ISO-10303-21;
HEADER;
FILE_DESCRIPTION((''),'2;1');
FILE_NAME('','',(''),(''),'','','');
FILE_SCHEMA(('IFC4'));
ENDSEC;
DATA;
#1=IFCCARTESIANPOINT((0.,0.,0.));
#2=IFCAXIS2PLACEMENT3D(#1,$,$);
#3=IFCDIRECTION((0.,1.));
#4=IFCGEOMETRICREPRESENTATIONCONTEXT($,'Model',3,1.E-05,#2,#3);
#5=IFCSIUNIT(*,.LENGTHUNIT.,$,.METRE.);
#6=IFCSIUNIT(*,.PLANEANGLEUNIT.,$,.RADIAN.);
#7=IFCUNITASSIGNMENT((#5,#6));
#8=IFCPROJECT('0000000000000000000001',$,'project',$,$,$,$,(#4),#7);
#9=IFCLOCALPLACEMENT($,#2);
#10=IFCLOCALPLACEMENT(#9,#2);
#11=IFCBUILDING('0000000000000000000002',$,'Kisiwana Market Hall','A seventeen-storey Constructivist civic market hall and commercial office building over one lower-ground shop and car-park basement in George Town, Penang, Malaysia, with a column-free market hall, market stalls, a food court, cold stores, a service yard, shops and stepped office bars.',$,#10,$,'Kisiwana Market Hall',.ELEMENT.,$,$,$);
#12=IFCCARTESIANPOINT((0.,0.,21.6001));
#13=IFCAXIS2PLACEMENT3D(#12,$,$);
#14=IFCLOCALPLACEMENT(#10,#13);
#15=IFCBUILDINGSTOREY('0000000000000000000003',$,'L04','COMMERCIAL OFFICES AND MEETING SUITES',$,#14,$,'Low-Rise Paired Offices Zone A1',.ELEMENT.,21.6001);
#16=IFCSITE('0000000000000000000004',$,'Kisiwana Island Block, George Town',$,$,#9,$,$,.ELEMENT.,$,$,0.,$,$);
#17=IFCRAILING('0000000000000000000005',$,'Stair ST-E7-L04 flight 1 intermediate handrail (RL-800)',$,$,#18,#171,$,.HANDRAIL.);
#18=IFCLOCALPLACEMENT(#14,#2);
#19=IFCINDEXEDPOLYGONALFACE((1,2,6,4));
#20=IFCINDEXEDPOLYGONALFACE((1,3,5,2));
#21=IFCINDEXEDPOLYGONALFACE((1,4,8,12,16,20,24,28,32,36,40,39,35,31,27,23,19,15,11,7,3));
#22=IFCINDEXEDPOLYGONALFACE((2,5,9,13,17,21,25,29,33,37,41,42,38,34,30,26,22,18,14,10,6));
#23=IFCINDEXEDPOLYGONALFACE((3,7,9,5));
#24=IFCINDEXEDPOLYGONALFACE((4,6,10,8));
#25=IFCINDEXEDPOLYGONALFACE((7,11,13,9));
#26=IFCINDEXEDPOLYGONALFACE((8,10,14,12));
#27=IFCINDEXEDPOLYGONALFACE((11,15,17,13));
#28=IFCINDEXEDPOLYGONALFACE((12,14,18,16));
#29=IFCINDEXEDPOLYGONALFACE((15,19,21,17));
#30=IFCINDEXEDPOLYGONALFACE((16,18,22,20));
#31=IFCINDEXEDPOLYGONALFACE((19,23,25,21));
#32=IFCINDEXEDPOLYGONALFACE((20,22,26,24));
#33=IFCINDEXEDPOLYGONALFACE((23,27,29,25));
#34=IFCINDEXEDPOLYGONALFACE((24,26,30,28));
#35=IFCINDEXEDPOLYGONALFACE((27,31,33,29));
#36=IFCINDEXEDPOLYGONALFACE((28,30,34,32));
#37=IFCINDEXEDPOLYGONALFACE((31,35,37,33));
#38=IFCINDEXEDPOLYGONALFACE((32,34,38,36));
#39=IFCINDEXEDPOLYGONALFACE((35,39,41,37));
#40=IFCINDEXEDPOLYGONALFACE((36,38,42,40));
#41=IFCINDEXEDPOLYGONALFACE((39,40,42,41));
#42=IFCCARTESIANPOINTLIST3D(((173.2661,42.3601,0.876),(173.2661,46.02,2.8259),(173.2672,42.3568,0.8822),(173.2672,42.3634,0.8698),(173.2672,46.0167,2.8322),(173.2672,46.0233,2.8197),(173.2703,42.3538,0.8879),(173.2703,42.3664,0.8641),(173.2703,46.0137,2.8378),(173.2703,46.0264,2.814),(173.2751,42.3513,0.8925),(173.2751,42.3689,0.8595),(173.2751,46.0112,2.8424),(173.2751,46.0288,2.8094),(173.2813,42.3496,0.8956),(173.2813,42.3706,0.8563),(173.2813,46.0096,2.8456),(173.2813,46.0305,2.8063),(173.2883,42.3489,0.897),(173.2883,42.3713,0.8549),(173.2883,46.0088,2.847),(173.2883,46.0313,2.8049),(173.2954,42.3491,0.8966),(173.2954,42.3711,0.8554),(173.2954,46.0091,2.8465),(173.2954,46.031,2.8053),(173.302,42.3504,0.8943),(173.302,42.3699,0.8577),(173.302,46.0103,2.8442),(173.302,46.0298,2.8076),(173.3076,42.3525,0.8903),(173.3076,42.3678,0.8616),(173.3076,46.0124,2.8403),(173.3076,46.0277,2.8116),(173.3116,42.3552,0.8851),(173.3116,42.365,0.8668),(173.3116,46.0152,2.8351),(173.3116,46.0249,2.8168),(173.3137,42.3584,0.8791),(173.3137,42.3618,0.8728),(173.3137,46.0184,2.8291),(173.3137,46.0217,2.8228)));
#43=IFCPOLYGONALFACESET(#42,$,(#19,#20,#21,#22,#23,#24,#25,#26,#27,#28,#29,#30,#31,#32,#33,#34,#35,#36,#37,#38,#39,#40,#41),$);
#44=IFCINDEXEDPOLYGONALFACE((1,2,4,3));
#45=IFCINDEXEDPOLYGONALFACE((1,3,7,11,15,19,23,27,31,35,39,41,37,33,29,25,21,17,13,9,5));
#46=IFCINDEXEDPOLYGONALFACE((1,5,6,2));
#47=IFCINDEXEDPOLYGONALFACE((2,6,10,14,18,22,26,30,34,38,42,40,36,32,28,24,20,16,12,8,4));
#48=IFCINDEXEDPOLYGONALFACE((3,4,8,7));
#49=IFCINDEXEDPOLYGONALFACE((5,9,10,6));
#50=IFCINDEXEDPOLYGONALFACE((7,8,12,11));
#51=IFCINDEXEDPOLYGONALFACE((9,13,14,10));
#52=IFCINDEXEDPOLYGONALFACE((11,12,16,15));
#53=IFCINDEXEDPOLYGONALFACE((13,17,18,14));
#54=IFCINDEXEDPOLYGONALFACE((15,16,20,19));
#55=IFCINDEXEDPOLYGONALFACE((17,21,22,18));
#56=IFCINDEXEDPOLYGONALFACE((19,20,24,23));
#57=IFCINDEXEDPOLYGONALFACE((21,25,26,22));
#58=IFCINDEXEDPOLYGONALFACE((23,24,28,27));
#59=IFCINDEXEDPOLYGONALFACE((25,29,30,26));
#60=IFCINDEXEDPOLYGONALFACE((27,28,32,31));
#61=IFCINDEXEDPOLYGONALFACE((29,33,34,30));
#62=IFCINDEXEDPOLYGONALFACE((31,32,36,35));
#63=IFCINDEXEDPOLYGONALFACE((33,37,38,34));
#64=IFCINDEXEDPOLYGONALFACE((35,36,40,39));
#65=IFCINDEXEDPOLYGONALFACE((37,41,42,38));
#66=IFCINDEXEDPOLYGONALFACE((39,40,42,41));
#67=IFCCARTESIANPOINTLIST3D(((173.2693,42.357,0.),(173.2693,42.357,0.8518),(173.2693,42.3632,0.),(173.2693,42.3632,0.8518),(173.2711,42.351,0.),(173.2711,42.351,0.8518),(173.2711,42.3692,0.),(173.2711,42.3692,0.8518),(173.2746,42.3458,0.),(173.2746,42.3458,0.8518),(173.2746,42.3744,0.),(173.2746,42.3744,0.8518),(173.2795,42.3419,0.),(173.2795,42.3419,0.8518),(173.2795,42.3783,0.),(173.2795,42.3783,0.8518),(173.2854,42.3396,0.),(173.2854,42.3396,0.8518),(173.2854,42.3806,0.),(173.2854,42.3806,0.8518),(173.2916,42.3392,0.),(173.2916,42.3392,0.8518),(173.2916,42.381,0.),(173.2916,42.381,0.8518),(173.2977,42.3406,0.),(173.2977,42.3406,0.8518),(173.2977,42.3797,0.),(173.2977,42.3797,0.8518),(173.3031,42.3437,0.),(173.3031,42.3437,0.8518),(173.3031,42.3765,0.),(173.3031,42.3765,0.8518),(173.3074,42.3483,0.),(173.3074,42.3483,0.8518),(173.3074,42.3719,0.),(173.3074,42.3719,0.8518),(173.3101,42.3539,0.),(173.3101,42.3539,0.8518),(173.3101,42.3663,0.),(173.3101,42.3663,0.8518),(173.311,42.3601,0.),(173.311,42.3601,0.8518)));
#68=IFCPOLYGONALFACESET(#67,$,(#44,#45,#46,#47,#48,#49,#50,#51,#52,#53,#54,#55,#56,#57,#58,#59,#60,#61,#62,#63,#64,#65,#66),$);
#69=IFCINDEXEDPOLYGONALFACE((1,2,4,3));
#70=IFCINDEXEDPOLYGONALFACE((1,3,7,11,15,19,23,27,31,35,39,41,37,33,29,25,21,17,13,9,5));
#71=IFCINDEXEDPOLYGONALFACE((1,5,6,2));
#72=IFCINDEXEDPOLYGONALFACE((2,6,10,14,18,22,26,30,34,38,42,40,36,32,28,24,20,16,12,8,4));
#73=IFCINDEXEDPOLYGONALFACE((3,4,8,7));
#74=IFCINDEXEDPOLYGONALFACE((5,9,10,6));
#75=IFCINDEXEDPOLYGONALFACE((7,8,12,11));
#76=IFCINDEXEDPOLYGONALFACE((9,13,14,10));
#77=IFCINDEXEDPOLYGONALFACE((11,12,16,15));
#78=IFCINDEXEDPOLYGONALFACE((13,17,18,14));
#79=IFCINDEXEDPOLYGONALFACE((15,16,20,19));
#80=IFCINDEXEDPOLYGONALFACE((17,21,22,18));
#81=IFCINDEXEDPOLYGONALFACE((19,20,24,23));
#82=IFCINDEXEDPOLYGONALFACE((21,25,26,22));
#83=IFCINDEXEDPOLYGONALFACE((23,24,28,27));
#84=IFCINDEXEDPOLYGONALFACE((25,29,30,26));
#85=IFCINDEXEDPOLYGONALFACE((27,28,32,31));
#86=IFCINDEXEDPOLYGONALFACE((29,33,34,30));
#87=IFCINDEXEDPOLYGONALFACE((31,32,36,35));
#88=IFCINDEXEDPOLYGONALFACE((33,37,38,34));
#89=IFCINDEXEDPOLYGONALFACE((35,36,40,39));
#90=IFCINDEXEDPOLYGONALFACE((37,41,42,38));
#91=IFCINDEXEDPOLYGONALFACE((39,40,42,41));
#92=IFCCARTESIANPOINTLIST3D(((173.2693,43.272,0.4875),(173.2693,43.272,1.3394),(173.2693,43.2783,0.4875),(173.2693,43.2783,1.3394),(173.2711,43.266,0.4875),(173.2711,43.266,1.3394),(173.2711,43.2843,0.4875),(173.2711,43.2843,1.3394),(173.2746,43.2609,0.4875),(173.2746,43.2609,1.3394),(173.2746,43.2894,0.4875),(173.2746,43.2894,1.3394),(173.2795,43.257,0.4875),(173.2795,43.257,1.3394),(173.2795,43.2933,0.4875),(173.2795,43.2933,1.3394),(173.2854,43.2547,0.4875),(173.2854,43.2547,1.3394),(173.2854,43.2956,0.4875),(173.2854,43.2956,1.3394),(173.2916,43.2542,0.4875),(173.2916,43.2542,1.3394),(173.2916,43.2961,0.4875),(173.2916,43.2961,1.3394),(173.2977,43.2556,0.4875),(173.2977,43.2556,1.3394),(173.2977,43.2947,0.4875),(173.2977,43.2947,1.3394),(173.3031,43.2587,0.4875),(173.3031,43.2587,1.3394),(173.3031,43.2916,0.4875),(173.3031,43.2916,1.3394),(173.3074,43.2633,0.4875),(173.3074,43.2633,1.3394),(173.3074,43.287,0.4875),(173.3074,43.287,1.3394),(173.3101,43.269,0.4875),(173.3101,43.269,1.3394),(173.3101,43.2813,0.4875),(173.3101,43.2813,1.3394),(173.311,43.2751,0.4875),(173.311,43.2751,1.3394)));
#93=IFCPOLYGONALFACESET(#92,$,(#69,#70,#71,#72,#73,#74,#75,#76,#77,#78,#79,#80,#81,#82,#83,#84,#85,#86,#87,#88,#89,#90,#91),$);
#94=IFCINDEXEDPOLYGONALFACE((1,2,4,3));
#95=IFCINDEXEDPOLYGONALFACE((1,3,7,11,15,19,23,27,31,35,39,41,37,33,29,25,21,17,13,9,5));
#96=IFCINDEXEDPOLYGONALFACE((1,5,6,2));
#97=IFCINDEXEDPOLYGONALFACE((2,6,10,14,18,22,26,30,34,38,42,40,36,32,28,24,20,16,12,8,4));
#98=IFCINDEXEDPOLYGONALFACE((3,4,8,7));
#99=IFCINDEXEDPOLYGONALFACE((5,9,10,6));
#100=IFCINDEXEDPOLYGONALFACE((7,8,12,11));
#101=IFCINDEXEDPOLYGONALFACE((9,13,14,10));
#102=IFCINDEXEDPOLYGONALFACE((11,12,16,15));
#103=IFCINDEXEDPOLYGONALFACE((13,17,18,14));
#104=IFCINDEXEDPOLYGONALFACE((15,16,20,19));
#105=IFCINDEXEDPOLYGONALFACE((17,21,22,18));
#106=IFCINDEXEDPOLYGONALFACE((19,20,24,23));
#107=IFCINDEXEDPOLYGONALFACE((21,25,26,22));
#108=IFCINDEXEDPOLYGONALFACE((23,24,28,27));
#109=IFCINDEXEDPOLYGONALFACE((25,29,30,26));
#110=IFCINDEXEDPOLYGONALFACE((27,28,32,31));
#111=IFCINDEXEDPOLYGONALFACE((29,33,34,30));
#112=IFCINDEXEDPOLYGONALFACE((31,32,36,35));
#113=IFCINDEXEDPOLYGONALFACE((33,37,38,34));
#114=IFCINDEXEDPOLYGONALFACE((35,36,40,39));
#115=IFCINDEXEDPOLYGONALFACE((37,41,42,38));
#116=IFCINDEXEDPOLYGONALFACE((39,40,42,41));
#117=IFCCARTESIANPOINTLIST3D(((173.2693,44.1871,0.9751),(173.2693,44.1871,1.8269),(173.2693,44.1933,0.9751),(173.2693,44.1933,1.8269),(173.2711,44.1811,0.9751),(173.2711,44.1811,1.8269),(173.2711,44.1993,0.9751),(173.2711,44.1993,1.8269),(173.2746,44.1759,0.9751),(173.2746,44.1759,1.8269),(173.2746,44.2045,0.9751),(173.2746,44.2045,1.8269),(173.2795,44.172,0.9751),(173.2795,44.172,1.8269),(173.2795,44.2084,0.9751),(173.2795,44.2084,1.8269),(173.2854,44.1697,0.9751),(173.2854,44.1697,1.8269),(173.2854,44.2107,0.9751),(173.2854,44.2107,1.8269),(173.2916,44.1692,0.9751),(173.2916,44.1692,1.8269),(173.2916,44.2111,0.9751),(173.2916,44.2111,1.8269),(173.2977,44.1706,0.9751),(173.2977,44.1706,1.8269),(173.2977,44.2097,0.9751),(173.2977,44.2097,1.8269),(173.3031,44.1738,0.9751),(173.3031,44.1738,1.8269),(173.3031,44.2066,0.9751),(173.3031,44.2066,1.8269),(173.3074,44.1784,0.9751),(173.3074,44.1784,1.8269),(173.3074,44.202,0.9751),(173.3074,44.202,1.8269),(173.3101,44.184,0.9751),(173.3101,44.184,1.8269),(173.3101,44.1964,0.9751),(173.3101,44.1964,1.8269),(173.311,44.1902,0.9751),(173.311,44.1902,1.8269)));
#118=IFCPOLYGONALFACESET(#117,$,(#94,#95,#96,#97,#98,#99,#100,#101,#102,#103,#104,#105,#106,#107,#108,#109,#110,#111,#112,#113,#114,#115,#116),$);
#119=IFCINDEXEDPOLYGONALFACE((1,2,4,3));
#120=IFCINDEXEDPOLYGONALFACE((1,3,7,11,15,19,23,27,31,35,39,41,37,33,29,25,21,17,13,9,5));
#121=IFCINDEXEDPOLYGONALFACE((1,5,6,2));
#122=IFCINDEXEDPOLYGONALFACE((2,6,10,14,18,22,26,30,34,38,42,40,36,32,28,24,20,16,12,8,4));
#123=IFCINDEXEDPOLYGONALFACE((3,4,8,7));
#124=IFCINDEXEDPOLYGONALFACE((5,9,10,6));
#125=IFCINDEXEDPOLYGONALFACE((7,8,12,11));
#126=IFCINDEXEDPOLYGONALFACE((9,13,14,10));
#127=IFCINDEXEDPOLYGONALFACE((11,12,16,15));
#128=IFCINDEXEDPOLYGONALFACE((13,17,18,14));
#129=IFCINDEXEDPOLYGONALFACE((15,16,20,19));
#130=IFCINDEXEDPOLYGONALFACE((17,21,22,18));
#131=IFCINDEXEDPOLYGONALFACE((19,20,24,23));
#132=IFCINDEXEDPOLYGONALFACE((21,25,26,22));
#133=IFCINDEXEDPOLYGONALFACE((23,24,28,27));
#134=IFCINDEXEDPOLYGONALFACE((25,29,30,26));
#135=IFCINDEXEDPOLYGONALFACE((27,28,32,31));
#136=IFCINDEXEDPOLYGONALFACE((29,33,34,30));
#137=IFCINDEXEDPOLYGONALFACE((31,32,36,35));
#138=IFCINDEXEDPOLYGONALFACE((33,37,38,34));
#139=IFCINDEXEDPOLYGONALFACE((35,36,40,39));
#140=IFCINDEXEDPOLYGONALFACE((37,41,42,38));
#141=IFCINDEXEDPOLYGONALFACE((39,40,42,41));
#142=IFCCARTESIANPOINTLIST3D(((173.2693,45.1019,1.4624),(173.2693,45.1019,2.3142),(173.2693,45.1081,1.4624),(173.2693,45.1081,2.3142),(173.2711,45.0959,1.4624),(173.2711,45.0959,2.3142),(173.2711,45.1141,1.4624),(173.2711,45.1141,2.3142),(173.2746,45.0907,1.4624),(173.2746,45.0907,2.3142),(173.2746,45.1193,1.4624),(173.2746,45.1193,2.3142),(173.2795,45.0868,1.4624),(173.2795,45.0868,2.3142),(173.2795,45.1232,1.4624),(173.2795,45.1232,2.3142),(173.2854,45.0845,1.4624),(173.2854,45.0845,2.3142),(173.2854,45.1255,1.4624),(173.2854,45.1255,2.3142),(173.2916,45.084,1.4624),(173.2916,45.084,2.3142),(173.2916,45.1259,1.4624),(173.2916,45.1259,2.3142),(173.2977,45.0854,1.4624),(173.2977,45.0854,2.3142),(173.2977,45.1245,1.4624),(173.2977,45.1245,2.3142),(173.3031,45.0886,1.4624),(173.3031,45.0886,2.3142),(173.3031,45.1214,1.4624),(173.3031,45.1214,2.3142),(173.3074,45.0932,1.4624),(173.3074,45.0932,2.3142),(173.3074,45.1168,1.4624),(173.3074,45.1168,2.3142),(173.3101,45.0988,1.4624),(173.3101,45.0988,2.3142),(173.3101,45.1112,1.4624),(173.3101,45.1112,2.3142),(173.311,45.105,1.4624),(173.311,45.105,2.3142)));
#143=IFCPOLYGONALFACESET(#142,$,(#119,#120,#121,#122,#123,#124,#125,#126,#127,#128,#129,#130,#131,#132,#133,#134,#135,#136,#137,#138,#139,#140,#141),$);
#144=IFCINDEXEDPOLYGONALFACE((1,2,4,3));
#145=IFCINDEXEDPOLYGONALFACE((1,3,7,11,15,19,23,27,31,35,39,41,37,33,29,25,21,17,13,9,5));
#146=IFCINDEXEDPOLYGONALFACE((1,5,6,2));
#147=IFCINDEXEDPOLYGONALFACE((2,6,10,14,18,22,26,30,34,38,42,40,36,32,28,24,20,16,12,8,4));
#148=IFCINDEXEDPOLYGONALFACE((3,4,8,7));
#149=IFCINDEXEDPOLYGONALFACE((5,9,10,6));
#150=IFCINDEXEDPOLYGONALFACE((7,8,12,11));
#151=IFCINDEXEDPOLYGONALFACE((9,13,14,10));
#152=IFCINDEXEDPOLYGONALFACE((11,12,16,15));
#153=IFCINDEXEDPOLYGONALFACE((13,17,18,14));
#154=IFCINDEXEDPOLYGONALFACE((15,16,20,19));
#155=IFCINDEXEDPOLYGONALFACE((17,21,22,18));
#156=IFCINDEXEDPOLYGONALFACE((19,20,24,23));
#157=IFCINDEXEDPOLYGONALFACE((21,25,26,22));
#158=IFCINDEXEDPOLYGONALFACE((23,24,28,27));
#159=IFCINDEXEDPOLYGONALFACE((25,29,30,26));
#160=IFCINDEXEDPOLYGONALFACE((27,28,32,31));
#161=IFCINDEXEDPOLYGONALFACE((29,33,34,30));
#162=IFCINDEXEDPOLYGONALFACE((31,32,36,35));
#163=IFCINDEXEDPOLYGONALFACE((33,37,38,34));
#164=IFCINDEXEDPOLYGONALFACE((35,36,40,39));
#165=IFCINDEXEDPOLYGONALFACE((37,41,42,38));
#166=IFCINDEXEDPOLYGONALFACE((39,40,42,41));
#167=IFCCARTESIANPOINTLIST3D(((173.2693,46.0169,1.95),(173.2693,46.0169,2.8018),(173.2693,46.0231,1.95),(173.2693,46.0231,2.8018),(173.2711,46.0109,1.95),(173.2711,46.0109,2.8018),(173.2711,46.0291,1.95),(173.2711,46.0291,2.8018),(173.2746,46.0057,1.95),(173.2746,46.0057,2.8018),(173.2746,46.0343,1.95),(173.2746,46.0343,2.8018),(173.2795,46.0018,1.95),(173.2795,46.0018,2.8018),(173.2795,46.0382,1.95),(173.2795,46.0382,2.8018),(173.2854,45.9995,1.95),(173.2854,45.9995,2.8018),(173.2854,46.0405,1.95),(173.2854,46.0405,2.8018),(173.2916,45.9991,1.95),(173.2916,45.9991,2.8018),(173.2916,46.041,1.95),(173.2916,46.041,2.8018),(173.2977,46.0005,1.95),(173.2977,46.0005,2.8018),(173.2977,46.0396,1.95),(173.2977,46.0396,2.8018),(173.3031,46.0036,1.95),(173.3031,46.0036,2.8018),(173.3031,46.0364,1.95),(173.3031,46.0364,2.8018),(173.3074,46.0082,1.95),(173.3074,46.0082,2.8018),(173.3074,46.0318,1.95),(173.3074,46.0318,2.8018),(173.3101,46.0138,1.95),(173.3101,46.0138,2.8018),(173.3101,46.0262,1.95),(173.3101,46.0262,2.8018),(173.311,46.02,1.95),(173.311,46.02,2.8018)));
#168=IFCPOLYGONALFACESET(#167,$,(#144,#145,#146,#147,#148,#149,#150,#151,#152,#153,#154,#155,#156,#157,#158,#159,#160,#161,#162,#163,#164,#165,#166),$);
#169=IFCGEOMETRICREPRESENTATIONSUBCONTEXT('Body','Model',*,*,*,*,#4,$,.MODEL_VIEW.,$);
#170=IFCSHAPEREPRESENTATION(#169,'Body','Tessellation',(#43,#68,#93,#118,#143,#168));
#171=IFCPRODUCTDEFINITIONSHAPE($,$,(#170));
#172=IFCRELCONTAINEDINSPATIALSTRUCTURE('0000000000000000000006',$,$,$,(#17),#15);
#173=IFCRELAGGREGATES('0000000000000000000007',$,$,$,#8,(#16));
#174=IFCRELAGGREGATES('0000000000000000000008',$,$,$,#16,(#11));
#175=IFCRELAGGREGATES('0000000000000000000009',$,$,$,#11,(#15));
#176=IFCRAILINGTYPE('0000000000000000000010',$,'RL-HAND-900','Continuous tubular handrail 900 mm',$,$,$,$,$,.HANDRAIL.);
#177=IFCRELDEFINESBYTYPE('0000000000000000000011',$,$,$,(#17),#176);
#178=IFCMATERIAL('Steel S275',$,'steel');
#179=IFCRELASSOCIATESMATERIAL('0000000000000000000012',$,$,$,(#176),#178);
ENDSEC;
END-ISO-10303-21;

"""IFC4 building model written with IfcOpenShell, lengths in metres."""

from ifc_helpers import new_model, si_unit, direction, frame, origin, origin_2d, place, context, subcontext, project, spatial, circle, extrude, material, type_object, element, save


model = new_model("IFC4")

# Units and contexts
model_context = context("Model", 3, precision=1e-05, world=origin(), true_north=direction((0.0, 1.0)))
body_context = subcontext(model_context, "Body", "Model", "MODEL_VIEW")
ifc_project = project(units=[si_unit("LENGTHUNIT", "METRE"), si_unit("PLANEANGLEUNIT", "RADIAN")], contexts=[model_context])

# Site, building, storey
site_placement = place(None, origin())
site = spatial("IfcSite", under=ifc_project, at=site_placement, Name="Kisiwana Island Block, George Town", CompositionType="ELEMENT", RefElevation=0.0)
building_placement = place(site_placement, origin())
building = spatial("IfcBuilding", under=site, at=building_placement, Name="Kisiwana Market Hall", Description="A seventeen-storey Constructivist civic market hall and commercial office building over one lower-ground shop and car-park basement in George Town, Penang, Malaysia, with a column-free market hall, market stalls, a food court, cold stores, a service yard, shops and stepped office bars.", LongName="Kisiwana Market Hall", CompositionType="ELEMENT")
storey_placement = place(building_placement, frame((0.0, 0.0, 21.6001)))
storey = spatial("IfcBuildingStorey", under=building, at=storey_placement, Name="L04", Description="COMMERCIAL OFFICES AND MEETING SUITES", LongName="Low-Rise Paired Offices Zone A1", CompositionType="ELEMENT", Elevation=21.6001)

# Railing
ifc_material_1 = material(Name="Steel S275", Category="steel")
railing_type_1 = type_object("IfcRailingType", Name="RL-HAND-900", Description="Continuous tubular handrail 900 mm", PredefinedType="HANDRAIL", material=ifc_material_1)
for number, where, name in (
    (1, (173.29, 42.3601, 0.0), "Stair ST-E7-L04 flight 1 intermediate handrail (RL-800)"),
):
    element("IfcRailing", number, at=place(storey_placement, frame(where)), inside=storey, type_object=railing_type_1, Name=name, PredefinedType="HANDRAIL", context=body_context, shape_type="SweptSolid", body=[
        extrude(circle(Radius=0.0239, at=origin_2d()), frame((0.0, 0.0, 0.876), z_axis=(0.0, 0.882553, 0.470212), x_axis=(-1.0, 0.0, 0.0)), (0.0, 0.0, 1.0), 4.147),
        extrude(circle(Radius=0.021, at=origin_2d()), origin(), (0.0, 0.0, 1.0), 0.8518),
        extrude(circle(Radius=0.021, at=origin_2d()), frame((0.0, 0.915, 0.4875)), (0.0, 0.0, 1.0), 0.8518),
        extrude(circle(Radius=0.021, at=origin_2d()), frame((0.0, 1.8301, 0.9751)), (0.0, 0.0, 1.0), 0.8518),
        extrude(circle(Radius=0.021, at=origin_2d()), frame((0.0, 2.7449, 1.4624)), (0.0, 0.0, 1.0), 0.8518),
        extrude(circle(Radius=0.021, at=origin_2d()), frame((0.0, 3.6599, 1.95)), (0.0, 0.0, 1.0), 0.8518),
    ])

save(model, "model.ifc")
